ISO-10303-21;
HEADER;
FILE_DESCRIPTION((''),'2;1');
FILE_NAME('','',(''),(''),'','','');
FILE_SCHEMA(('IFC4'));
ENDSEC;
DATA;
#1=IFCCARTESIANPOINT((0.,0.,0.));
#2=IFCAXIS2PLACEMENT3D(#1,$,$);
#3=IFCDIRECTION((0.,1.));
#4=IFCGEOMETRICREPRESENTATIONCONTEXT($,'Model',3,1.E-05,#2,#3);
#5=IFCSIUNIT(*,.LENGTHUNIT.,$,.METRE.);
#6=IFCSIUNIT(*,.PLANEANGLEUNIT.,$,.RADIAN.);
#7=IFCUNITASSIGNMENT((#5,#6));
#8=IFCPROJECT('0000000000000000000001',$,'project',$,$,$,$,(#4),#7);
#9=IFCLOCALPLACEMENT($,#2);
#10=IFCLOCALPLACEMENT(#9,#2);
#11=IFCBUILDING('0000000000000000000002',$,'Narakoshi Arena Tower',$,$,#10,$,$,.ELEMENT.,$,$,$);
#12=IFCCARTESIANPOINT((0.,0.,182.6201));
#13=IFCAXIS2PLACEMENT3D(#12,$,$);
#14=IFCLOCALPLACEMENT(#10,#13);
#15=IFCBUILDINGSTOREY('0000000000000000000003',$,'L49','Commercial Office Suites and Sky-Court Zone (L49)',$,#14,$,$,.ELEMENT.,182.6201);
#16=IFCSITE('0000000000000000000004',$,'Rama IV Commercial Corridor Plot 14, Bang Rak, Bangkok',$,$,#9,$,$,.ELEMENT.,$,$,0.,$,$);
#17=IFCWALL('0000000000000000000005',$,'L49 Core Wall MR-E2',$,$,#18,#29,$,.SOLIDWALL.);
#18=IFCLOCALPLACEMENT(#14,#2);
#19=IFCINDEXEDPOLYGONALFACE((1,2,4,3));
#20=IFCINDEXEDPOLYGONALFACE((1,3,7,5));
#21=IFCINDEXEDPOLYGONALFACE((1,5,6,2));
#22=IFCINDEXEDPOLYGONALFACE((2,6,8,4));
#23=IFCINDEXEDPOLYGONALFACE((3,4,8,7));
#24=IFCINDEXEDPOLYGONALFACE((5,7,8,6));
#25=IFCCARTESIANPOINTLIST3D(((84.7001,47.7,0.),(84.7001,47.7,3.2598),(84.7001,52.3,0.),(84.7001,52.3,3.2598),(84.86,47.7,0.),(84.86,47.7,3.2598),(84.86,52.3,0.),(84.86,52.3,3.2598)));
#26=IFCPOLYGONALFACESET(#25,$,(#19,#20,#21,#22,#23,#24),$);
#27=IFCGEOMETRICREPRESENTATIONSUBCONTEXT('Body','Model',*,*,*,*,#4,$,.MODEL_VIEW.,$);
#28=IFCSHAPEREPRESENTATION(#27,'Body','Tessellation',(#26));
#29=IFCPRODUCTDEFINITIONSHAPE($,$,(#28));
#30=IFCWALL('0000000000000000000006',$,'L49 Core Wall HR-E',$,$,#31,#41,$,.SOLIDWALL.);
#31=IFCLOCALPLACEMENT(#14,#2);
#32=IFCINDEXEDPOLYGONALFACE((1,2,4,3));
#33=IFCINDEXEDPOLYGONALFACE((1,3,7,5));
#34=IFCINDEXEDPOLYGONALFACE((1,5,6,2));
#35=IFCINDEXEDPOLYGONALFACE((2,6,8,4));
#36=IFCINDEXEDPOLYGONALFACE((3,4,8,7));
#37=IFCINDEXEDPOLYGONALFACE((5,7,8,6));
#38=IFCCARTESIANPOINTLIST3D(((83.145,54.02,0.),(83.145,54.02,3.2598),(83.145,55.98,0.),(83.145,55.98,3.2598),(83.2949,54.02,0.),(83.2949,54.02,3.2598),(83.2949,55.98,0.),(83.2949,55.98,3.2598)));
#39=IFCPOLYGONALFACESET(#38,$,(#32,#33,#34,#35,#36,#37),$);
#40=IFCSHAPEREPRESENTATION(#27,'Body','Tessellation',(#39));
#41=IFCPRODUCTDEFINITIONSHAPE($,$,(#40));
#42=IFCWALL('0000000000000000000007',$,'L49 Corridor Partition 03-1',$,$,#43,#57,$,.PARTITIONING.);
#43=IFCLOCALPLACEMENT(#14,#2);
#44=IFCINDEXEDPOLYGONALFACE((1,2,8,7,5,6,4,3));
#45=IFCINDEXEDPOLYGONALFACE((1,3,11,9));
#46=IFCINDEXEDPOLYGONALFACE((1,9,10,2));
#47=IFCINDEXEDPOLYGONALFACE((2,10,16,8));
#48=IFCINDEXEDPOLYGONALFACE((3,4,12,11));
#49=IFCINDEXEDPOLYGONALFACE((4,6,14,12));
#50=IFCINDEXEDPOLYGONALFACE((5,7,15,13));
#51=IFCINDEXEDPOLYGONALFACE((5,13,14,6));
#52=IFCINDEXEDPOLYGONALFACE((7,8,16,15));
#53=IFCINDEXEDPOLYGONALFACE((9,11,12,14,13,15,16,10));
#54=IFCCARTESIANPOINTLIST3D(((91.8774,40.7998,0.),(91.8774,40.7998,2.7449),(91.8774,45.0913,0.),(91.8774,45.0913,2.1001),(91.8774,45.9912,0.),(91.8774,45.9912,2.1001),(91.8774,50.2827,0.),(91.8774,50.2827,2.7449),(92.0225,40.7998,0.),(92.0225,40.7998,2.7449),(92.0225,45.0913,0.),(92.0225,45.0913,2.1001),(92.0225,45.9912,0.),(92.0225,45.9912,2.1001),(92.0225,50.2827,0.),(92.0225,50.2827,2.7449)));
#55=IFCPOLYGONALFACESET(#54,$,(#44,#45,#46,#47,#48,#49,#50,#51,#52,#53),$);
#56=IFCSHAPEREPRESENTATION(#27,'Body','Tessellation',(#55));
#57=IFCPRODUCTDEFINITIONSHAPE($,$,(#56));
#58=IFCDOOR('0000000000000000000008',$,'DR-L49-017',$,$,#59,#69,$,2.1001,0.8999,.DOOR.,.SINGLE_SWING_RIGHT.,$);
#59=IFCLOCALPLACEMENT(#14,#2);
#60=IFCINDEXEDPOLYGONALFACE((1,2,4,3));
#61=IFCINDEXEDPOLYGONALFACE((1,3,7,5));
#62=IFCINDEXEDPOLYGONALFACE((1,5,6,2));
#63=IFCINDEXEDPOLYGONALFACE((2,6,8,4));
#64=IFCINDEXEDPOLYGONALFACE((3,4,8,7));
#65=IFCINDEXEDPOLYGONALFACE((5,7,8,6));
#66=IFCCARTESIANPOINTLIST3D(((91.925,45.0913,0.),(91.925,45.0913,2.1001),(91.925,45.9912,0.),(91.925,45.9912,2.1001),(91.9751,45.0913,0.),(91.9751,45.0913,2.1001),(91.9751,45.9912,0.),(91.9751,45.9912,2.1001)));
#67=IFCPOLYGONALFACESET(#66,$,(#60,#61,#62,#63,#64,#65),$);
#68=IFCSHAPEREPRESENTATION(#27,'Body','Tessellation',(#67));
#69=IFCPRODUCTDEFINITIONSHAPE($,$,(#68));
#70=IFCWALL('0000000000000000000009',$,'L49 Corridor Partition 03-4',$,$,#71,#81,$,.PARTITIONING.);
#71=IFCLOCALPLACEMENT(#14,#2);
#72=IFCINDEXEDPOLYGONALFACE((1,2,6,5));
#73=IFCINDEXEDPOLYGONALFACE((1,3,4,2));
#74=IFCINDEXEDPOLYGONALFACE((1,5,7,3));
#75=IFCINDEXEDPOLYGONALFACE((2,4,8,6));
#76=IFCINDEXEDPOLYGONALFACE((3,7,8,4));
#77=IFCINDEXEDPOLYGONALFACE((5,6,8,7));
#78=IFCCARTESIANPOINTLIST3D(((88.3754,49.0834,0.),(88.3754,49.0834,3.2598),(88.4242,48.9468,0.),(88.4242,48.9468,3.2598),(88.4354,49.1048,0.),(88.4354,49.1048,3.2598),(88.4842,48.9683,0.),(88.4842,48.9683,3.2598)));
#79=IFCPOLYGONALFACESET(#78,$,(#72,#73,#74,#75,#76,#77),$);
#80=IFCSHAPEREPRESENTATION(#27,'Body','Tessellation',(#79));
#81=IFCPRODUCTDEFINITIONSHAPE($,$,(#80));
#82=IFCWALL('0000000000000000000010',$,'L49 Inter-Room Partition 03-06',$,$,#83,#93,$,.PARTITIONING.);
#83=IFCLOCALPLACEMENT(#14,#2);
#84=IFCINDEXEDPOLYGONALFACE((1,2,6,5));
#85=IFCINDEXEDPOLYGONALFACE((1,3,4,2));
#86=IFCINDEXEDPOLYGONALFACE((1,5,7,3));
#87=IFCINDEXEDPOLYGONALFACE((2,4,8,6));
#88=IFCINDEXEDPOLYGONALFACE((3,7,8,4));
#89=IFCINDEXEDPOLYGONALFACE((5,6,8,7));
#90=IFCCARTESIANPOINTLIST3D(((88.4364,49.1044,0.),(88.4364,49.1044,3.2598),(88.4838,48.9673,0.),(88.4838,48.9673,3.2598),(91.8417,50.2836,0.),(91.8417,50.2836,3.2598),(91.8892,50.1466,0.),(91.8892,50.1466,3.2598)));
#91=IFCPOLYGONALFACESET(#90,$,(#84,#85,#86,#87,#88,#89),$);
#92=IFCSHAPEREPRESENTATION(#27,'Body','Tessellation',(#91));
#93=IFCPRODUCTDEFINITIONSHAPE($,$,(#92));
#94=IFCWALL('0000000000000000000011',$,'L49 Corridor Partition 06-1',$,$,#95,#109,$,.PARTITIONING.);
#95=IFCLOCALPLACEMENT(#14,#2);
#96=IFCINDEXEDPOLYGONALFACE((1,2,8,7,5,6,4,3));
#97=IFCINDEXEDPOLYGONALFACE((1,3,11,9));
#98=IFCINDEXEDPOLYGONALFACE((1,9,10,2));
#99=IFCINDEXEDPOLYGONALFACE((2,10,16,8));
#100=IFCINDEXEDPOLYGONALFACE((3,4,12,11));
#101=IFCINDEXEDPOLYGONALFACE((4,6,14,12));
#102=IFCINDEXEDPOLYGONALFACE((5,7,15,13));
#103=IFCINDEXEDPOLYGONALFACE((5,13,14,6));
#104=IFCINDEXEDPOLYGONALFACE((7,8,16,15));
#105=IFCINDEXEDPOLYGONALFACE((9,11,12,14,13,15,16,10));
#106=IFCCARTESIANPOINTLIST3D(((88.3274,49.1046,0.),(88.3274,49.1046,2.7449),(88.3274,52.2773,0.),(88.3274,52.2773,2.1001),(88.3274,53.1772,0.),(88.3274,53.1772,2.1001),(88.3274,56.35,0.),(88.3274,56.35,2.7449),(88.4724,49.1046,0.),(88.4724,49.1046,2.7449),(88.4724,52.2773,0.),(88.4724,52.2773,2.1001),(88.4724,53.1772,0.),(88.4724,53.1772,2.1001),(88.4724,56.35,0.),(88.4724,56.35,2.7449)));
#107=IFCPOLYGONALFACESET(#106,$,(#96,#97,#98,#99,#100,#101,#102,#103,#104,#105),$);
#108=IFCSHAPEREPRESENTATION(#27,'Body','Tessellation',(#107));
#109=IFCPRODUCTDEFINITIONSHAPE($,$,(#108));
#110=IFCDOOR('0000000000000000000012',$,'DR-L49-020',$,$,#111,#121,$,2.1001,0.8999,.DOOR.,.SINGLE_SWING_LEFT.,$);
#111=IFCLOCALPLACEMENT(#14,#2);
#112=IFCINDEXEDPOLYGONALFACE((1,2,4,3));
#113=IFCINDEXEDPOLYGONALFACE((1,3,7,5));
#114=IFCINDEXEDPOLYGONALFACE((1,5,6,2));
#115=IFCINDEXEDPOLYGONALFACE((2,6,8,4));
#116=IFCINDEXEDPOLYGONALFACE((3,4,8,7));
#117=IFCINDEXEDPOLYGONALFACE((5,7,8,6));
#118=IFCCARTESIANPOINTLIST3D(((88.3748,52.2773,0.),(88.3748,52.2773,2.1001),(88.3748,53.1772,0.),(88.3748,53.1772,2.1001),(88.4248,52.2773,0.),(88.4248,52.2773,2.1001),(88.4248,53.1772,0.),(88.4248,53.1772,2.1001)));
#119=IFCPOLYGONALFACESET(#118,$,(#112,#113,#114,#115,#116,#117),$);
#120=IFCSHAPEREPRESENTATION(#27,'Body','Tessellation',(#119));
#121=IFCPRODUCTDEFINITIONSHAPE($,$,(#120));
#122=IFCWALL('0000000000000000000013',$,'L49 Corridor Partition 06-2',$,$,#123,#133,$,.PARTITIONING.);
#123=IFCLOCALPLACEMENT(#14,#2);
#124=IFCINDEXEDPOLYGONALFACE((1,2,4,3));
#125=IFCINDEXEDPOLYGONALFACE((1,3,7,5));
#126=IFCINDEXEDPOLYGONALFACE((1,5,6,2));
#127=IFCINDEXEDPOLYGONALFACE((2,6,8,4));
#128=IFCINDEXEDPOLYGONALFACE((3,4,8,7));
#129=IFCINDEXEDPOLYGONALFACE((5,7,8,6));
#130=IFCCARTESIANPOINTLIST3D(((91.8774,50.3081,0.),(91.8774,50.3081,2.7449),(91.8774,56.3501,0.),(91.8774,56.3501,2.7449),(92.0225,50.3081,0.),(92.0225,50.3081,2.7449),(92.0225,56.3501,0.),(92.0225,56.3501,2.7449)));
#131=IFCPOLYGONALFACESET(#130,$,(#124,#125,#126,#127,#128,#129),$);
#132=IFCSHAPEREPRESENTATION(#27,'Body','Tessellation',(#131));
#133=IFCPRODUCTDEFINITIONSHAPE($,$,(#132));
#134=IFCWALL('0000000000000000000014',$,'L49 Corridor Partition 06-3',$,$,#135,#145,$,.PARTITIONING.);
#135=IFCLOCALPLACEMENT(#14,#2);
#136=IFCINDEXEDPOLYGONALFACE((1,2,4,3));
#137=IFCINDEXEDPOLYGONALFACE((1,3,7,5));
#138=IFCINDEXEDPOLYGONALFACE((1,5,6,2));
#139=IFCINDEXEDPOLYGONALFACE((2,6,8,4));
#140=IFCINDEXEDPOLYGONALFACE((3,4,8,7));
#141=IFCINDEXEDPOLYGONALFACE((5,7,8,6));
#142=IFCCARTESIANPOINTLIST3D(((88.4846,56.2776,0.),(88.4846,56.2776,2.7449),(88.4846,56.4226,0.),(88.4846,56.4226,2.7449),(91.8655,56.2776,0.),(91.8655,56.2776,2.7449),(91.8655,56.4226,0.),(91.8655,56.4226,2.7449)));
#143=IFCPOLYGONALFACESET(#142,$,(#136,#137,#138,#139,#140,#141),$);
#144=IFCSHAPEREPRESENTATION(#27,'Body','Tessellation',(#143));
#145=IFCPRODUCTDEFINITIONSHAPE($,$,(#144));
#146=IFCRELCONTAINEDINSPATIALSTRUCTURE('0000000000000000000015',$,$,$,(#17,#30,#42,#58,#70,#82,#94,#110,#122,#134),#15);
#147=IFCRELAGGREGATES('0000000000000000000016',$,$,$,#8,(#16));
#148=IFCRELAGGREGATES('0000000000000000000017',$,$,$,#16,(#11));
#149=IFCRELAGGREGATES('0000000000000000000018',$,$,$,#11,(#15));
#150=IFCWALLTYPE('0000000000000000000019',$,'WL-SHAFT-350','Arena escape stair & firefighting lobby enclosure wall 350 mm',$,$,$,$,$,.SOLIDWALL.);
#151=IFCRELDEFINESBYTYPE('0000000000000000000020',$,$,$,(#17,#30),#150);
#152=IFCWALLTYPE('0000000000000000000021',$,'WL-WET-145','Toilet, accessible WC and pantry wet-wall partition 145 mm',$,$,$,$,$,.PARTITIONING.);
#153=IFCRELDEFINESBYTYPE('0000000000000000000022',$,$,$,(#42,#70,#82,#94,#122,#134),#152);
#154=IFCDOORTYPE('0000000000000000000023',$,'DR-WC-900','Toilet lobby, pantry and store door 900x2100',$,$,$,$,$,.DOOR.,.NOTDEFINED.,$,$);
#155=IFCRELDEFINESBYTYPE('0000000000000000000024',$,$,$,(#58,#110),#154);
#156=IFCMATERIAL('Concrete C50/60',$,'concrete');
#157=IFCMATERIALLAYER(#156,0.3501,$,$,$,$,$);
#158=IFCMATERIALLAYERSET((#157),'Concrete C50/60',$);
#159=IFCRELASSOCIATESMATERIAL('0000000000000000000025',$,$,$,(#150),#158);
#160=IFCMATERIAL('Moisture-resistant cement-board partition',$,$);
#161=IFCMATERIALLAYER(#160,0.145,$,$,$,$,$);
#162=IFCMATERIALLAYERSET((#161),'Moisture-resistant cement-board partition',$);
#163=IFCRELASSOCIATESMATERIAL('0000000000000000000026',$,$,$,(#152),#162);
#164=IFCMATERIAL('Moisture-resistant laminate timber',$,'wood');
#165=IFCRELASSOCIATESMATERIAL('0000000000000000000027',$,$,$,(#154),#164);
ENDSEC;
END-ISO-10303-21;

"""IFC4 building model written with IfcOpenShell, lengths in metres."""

from ifc_helpers import new_model, si_unit, direction, frame, frame_2d, origin, place, context, subcontext, project, spatial, rectangle, extrude, material, layer, layer_set, type_object, element, fill, save


model = new_model("IFC4")

# Units and contexts
model_context = context("Model", 3, precision=1e-05, world=origin(), true_north=direction((0.0, 1.0)))
body_context = subcontext(model_context, "Body", "Model", "MODEL_VIEW")
ifc_project = project(units=[si_unit("LENGTHUNIT", "METRE"), si_unit("PLANEANGLEUNIT", "RADIAN")], contexts=[model_context])

# Site, building, storey
site_placement = place(None, origin())
site = spatial("IfcSite", under=ifc_project, at=site_placement, Name="Rama IV Commercial Corridor Plot 14, Bang Rak, Bangkok", CompositionType="ELEMENT", RefElevation=0.0)
building_placement = place(site_placement, origin())
building = spatial("IfcBuilding", under=site, at=building_placement, Name="Narakoshi Arena Tower", CompositionType="ELEMENT")
storey_placement = place(building_placement, frame((0.0, 0.0, 182.6201)))
storey = spatial("IfcBuildingStorey", under=building, at=storey_placement, Name="L49", Description="Commercial Office Suites and Sky-Court Zone (L49)", CompositionType="ELEMENT", Elevation=182.6201)

# Shared definitions
ifc_material_1 = material(Name="Concrete C50/60", Category="concrete")

# Walls
ifc_layer_1 = layer(ifc_material_1, 0.3501)
ifc_layer_set_1 = layer_set([ifc_layer_1], Name="Concrete C50/60")
wall_type_1 = type_object("IfcWallType", Name="WL-SHAFT-350", Description="Arena escape stair & firefighting lobby enclosure wall 350 mm", PredefinedType="SOLIDWALL", material=ifc_layer_set_1)
wall_1_placement = place(storey_placement, frame((84.78, 47.7, 0.0), z_axis=(0.0, 0.0, 1.0), x_axis=(0.0, 1.0, 0.0)))
element("IfcWall", 1, at=wall_1_placement, inside=storey, type_object=wall_type_1, Name="L49 Core Wall MR-E2", PredefinedType="SOLIDWALL", context=body_context, shape_type="SweptSolid", body=[
    extrude(rectangle(XDim=4.6001, YDim=0.1599, at=frame_2d((2.3, 0.0))), origin(), (0.0, 0.0, 1.0), 3.2598),
])
wall_2_placement = place(storey_placement, frame((83.22, 54.02, 0.0), z_axis=(0.0, 0.0, 1.0), x_axis=(0.0, 1.0, 0.0)))
element("IfcWall", 2, at=wall_2_placement, inside=storey, type_object=wall_type_1, Name="L49 Core Wall HR-E", PredefinedType="SOLIDWALL", context=body_context, shape_type="SweptSolid", body=[
    extrude(rectangle(XDim=1.96, YDim=0.1499, at=frame_2d((0.98, 0.0))), origin(), (0.0, 0.0, 1.0), 3.2598),
])

# Wall, opening, door
ifc_material_2 = material(Name="Moisture-resistant cement-board partition")
ifc_layer_2 = layer(ifc_material_2, 0.145)
ifc_layer_set_2 = layer_set([ifc_layer_2], Name="Moisture-resistant cement-board partition")
wall_type_2 = type_object("IfcWallType", Name="WL-WET-145", Description="Toilet, accessible WC and pantry wet-wall partition 145 mm", PredefinedType="PARTITIONING", material=ifc_layer_set_2)
wall_3_placement = place(storey_placement, frame((91.95, 50.2827, 0.0), z_axis=(0.0, 0.0, 1.0), x_axis=(0.0, -1.0, 0.0)))
wall_3 = element("IfcWall", 3, at=wall_3_placement, inside=storey, type_object=wall_type_2, Name="L49 Corridor Partition 03-1", PredefinedType="PARTITIONING", context=body_context, shape_type="SweptSolid", body=[
    extrude(rectangle(XDim=9.4829, YDim=0.145, at=frame_2d((4.7415, 0.0))), origin(), (0.0, 0.0, 1.0), 2.7449),
])
opening_1_placement = place(wall_3_placement, frame((4.2915, 0.0, 0.0)))
opening_1 = element("IfcOpeningElement", 4, at=opening_1_placement, cuts=wall_3, PredefinedType="OPENING", context=body_context, shape_type="SweptSolid", body=[
    extrude(rectangle(XDim=0.8999, YDim=2.1001, at=frame_2d((0.45, 1.05))), frame((0.0, 0.0825, 0.0), z_axis=(0.0, -1.0, 0.0), x_axis=(1.0, 0.0, 0.0)), (0.0, 0.0, 1.0), 0.165),
])
ifc_material_3 = material(Name="Moisture-resistant laminate timber", Category="wood")
door_type_1 = type_object("IfcDoorType", Name="DR-WC-900", Description="Toilet lobby, pantry and store door 900x2100", OperationType="NOTDEFINED", PredefinedType="DOOR", material=ifc_material_3)
door_1_placement = place(opening_1_placement, frame((0.8999, 0.0, 0.0), z_axis=(0.0, 0.0, 1.0), x_axis=(-1.0, 0.0, 0.0)))
door_1 = element("IfcDoor", 5, at=door_1_placement, inside=storey, type_object=door_type_1, Name="DR-L49-017", OperationType="SINGLE_SWING_RIGHT", OverallHeight=2.1001, OverallWidth=0.8999, PredefinedType="DOOR", context=body_context, shape_type="SweptSolid", body=[
    extrude(rectangle(XDim=0.8999, YDim=2.1001, at=frame_2d((0.45, 1.05))), frame((0.0, 0.0249, 0.0), z_axis=(0.0, -1.0, 0.0), x_axis=(1.0, 0.0, 0.0)), (0.0, 0.0, 1.0), 0.05),
])
fill(opening_1, door_1)

# Walls
wall_4_placement = place(storey_placement, frame((88.3999, 49.0151, 0.0), z_axis=(0.0, 0.0, 1.0), x_axis=(0.941569, 0.336821, 0.0)))
element("IfcWall", 6, at=wall_4_placement, inside=storey, type_object=wall_type_2, Name="L49 Corridor Partition 03-4", PredefinedType="PARTITIONING", context=body_context, shape_type="SweptSolid", body=[
    extrude(rectangle(XDim=0.0637, YDim=0.145, at=frame_2d((0.0317, 0.0))), origin(), (0.0, 0.0, 1.0), 3.2598),
])
wall_5_placement = place(storey_placement, frame((88.4602, 49.0359, 0.0), z_axis=(0.0, 0.0, 1.0), x_axis=(0.944947, 0.327222, 0.0)))
element("IfcWall", 7, at=wall_5_placement, inside=storey, type_object=wall_type_2, Name="L49 Inter-Room Partition 03-06", PredefinedType="PARTITIONING", context=body_context, shape_type="SweptSolid", body=[
    extrude(rectangle(XDim=3.6038, YDim=0.145, at=frame_2d((1.8018, 0.0))), origin(), (0.0, 0.0, 1.0), 3.2598),
])

# Wall, opening, door
wall_6_placement = place(storey_placement, frame((88.3999, 49.1047, 0.0), z_axis=(0.0, 0.0, 1.0), x_axis=(0.0, 1.0, 0.0)))
wall_6 = element("IfcWall", 8, at=wall_6_placement, inside=storey, type_object=wall_type_2, Name="L49 Corridor Partition 06-1", PredefinedType="PARTITIONING", context=body_context, shape_type="SweptSolid", body=[
    extrude(rectangle(XDim=7.2454, YDim=0.145, at=frame_2d((3.6226, 0.0))), origin(), (0.0, 0.0, 1.0), 2.7449),
])
opening_2_placement = place(wall_6_placement, frame((3.1726, 0.0, 0.0)))
opening_2 = element("IfcOpeningElement", 9, at=opening_2_placement, cuts=wall_6, PredefinedType="OPENING", context=body_context, shape_type="SweptSolid", body=[
    extrude(rectangle(XDim=0.8999, YDim=2.1001, at=frame_2d((0.45, 1.05))), frame((0.0, 0.0825, 0.0), z_axis=(0.0, -1.0, 0.0), x_axis=(1.0, 0.0, 0.0)), (0.0, 0.0, 1.0), 0.165),
])
door_2_placement = place(opening_2_placement, frame((0.8999, 0.0, 0.0), z_axis=(0.0, 0.0, 1.0), x_axis=(-1.0, 0.0, 0.0)))
door_2 = element("IfcDoor", 10, at=door_2_placement, inside=storey, type_object=door_type_1, Name="DR-L49-020", OperationType="SINGLE_SWING_LEFT", OverallHeight=2.1001, OverallWidth=0.8999, PredefinedType="DOOR", context=body_context, shape_type="SweptSolid", body=[
    extrude(rectangle(XDim=0.8999, YDim=2.1001, at=frame_2d((0.45, 1.05))), frame((0.0, 0.0249, 0.0), z_axis=(0.0, -1.0, 0.0), x_axis=(1.0, 0.0, 0.0)), (0.0, 0.0, 1.0), 0.05),
])
fill(opening_2, door_2)

# Walls
wall_7_placement = place(storey_placement, frame((91.95, 56.3501, 0.0), z_axis=(0.0, 0.0, 1.0), x_axis=(0.0, -1.0, 0.0)))
element("IfcWall", 11, at=wall_7_placement, inside=storey, type_object=wall_type_2, Name="L49 Corridor Partition 06-2", PredefinedType="PARTITIONING", context=body_context, shape_type="SweptSolid", body=[
    extrude(rectangle(XDim=6.042, YDim=0.145, at=frame_2d((3.021, 0.0))), origin(), (0.0, 0.0, 1.0), 2.7449),
])
wall_8_placement = place(storey_placement, frame((88.4846, 56.3501, 0.0), z_axis=(0.0, 0.0, 1.0), x_axis=(1.0, 0.0, 0.0)))
element("IfcWall", 12, at=wall_8_placement, inside=storey, type_object=wall_type_2, Name="L49 Corridor Partition 06-3", PredefinedType="PARTITIONING", context=body_context, shape_type="SweptSolid", body=[
    extrude(rectangle(XDim=3.3809, YDim=0.145, at=frame_2d((1.6904, 0.0))), origin(), (0.0, 0.0, 1.0), 2.7449),
])

save(model, "model.ifc")
